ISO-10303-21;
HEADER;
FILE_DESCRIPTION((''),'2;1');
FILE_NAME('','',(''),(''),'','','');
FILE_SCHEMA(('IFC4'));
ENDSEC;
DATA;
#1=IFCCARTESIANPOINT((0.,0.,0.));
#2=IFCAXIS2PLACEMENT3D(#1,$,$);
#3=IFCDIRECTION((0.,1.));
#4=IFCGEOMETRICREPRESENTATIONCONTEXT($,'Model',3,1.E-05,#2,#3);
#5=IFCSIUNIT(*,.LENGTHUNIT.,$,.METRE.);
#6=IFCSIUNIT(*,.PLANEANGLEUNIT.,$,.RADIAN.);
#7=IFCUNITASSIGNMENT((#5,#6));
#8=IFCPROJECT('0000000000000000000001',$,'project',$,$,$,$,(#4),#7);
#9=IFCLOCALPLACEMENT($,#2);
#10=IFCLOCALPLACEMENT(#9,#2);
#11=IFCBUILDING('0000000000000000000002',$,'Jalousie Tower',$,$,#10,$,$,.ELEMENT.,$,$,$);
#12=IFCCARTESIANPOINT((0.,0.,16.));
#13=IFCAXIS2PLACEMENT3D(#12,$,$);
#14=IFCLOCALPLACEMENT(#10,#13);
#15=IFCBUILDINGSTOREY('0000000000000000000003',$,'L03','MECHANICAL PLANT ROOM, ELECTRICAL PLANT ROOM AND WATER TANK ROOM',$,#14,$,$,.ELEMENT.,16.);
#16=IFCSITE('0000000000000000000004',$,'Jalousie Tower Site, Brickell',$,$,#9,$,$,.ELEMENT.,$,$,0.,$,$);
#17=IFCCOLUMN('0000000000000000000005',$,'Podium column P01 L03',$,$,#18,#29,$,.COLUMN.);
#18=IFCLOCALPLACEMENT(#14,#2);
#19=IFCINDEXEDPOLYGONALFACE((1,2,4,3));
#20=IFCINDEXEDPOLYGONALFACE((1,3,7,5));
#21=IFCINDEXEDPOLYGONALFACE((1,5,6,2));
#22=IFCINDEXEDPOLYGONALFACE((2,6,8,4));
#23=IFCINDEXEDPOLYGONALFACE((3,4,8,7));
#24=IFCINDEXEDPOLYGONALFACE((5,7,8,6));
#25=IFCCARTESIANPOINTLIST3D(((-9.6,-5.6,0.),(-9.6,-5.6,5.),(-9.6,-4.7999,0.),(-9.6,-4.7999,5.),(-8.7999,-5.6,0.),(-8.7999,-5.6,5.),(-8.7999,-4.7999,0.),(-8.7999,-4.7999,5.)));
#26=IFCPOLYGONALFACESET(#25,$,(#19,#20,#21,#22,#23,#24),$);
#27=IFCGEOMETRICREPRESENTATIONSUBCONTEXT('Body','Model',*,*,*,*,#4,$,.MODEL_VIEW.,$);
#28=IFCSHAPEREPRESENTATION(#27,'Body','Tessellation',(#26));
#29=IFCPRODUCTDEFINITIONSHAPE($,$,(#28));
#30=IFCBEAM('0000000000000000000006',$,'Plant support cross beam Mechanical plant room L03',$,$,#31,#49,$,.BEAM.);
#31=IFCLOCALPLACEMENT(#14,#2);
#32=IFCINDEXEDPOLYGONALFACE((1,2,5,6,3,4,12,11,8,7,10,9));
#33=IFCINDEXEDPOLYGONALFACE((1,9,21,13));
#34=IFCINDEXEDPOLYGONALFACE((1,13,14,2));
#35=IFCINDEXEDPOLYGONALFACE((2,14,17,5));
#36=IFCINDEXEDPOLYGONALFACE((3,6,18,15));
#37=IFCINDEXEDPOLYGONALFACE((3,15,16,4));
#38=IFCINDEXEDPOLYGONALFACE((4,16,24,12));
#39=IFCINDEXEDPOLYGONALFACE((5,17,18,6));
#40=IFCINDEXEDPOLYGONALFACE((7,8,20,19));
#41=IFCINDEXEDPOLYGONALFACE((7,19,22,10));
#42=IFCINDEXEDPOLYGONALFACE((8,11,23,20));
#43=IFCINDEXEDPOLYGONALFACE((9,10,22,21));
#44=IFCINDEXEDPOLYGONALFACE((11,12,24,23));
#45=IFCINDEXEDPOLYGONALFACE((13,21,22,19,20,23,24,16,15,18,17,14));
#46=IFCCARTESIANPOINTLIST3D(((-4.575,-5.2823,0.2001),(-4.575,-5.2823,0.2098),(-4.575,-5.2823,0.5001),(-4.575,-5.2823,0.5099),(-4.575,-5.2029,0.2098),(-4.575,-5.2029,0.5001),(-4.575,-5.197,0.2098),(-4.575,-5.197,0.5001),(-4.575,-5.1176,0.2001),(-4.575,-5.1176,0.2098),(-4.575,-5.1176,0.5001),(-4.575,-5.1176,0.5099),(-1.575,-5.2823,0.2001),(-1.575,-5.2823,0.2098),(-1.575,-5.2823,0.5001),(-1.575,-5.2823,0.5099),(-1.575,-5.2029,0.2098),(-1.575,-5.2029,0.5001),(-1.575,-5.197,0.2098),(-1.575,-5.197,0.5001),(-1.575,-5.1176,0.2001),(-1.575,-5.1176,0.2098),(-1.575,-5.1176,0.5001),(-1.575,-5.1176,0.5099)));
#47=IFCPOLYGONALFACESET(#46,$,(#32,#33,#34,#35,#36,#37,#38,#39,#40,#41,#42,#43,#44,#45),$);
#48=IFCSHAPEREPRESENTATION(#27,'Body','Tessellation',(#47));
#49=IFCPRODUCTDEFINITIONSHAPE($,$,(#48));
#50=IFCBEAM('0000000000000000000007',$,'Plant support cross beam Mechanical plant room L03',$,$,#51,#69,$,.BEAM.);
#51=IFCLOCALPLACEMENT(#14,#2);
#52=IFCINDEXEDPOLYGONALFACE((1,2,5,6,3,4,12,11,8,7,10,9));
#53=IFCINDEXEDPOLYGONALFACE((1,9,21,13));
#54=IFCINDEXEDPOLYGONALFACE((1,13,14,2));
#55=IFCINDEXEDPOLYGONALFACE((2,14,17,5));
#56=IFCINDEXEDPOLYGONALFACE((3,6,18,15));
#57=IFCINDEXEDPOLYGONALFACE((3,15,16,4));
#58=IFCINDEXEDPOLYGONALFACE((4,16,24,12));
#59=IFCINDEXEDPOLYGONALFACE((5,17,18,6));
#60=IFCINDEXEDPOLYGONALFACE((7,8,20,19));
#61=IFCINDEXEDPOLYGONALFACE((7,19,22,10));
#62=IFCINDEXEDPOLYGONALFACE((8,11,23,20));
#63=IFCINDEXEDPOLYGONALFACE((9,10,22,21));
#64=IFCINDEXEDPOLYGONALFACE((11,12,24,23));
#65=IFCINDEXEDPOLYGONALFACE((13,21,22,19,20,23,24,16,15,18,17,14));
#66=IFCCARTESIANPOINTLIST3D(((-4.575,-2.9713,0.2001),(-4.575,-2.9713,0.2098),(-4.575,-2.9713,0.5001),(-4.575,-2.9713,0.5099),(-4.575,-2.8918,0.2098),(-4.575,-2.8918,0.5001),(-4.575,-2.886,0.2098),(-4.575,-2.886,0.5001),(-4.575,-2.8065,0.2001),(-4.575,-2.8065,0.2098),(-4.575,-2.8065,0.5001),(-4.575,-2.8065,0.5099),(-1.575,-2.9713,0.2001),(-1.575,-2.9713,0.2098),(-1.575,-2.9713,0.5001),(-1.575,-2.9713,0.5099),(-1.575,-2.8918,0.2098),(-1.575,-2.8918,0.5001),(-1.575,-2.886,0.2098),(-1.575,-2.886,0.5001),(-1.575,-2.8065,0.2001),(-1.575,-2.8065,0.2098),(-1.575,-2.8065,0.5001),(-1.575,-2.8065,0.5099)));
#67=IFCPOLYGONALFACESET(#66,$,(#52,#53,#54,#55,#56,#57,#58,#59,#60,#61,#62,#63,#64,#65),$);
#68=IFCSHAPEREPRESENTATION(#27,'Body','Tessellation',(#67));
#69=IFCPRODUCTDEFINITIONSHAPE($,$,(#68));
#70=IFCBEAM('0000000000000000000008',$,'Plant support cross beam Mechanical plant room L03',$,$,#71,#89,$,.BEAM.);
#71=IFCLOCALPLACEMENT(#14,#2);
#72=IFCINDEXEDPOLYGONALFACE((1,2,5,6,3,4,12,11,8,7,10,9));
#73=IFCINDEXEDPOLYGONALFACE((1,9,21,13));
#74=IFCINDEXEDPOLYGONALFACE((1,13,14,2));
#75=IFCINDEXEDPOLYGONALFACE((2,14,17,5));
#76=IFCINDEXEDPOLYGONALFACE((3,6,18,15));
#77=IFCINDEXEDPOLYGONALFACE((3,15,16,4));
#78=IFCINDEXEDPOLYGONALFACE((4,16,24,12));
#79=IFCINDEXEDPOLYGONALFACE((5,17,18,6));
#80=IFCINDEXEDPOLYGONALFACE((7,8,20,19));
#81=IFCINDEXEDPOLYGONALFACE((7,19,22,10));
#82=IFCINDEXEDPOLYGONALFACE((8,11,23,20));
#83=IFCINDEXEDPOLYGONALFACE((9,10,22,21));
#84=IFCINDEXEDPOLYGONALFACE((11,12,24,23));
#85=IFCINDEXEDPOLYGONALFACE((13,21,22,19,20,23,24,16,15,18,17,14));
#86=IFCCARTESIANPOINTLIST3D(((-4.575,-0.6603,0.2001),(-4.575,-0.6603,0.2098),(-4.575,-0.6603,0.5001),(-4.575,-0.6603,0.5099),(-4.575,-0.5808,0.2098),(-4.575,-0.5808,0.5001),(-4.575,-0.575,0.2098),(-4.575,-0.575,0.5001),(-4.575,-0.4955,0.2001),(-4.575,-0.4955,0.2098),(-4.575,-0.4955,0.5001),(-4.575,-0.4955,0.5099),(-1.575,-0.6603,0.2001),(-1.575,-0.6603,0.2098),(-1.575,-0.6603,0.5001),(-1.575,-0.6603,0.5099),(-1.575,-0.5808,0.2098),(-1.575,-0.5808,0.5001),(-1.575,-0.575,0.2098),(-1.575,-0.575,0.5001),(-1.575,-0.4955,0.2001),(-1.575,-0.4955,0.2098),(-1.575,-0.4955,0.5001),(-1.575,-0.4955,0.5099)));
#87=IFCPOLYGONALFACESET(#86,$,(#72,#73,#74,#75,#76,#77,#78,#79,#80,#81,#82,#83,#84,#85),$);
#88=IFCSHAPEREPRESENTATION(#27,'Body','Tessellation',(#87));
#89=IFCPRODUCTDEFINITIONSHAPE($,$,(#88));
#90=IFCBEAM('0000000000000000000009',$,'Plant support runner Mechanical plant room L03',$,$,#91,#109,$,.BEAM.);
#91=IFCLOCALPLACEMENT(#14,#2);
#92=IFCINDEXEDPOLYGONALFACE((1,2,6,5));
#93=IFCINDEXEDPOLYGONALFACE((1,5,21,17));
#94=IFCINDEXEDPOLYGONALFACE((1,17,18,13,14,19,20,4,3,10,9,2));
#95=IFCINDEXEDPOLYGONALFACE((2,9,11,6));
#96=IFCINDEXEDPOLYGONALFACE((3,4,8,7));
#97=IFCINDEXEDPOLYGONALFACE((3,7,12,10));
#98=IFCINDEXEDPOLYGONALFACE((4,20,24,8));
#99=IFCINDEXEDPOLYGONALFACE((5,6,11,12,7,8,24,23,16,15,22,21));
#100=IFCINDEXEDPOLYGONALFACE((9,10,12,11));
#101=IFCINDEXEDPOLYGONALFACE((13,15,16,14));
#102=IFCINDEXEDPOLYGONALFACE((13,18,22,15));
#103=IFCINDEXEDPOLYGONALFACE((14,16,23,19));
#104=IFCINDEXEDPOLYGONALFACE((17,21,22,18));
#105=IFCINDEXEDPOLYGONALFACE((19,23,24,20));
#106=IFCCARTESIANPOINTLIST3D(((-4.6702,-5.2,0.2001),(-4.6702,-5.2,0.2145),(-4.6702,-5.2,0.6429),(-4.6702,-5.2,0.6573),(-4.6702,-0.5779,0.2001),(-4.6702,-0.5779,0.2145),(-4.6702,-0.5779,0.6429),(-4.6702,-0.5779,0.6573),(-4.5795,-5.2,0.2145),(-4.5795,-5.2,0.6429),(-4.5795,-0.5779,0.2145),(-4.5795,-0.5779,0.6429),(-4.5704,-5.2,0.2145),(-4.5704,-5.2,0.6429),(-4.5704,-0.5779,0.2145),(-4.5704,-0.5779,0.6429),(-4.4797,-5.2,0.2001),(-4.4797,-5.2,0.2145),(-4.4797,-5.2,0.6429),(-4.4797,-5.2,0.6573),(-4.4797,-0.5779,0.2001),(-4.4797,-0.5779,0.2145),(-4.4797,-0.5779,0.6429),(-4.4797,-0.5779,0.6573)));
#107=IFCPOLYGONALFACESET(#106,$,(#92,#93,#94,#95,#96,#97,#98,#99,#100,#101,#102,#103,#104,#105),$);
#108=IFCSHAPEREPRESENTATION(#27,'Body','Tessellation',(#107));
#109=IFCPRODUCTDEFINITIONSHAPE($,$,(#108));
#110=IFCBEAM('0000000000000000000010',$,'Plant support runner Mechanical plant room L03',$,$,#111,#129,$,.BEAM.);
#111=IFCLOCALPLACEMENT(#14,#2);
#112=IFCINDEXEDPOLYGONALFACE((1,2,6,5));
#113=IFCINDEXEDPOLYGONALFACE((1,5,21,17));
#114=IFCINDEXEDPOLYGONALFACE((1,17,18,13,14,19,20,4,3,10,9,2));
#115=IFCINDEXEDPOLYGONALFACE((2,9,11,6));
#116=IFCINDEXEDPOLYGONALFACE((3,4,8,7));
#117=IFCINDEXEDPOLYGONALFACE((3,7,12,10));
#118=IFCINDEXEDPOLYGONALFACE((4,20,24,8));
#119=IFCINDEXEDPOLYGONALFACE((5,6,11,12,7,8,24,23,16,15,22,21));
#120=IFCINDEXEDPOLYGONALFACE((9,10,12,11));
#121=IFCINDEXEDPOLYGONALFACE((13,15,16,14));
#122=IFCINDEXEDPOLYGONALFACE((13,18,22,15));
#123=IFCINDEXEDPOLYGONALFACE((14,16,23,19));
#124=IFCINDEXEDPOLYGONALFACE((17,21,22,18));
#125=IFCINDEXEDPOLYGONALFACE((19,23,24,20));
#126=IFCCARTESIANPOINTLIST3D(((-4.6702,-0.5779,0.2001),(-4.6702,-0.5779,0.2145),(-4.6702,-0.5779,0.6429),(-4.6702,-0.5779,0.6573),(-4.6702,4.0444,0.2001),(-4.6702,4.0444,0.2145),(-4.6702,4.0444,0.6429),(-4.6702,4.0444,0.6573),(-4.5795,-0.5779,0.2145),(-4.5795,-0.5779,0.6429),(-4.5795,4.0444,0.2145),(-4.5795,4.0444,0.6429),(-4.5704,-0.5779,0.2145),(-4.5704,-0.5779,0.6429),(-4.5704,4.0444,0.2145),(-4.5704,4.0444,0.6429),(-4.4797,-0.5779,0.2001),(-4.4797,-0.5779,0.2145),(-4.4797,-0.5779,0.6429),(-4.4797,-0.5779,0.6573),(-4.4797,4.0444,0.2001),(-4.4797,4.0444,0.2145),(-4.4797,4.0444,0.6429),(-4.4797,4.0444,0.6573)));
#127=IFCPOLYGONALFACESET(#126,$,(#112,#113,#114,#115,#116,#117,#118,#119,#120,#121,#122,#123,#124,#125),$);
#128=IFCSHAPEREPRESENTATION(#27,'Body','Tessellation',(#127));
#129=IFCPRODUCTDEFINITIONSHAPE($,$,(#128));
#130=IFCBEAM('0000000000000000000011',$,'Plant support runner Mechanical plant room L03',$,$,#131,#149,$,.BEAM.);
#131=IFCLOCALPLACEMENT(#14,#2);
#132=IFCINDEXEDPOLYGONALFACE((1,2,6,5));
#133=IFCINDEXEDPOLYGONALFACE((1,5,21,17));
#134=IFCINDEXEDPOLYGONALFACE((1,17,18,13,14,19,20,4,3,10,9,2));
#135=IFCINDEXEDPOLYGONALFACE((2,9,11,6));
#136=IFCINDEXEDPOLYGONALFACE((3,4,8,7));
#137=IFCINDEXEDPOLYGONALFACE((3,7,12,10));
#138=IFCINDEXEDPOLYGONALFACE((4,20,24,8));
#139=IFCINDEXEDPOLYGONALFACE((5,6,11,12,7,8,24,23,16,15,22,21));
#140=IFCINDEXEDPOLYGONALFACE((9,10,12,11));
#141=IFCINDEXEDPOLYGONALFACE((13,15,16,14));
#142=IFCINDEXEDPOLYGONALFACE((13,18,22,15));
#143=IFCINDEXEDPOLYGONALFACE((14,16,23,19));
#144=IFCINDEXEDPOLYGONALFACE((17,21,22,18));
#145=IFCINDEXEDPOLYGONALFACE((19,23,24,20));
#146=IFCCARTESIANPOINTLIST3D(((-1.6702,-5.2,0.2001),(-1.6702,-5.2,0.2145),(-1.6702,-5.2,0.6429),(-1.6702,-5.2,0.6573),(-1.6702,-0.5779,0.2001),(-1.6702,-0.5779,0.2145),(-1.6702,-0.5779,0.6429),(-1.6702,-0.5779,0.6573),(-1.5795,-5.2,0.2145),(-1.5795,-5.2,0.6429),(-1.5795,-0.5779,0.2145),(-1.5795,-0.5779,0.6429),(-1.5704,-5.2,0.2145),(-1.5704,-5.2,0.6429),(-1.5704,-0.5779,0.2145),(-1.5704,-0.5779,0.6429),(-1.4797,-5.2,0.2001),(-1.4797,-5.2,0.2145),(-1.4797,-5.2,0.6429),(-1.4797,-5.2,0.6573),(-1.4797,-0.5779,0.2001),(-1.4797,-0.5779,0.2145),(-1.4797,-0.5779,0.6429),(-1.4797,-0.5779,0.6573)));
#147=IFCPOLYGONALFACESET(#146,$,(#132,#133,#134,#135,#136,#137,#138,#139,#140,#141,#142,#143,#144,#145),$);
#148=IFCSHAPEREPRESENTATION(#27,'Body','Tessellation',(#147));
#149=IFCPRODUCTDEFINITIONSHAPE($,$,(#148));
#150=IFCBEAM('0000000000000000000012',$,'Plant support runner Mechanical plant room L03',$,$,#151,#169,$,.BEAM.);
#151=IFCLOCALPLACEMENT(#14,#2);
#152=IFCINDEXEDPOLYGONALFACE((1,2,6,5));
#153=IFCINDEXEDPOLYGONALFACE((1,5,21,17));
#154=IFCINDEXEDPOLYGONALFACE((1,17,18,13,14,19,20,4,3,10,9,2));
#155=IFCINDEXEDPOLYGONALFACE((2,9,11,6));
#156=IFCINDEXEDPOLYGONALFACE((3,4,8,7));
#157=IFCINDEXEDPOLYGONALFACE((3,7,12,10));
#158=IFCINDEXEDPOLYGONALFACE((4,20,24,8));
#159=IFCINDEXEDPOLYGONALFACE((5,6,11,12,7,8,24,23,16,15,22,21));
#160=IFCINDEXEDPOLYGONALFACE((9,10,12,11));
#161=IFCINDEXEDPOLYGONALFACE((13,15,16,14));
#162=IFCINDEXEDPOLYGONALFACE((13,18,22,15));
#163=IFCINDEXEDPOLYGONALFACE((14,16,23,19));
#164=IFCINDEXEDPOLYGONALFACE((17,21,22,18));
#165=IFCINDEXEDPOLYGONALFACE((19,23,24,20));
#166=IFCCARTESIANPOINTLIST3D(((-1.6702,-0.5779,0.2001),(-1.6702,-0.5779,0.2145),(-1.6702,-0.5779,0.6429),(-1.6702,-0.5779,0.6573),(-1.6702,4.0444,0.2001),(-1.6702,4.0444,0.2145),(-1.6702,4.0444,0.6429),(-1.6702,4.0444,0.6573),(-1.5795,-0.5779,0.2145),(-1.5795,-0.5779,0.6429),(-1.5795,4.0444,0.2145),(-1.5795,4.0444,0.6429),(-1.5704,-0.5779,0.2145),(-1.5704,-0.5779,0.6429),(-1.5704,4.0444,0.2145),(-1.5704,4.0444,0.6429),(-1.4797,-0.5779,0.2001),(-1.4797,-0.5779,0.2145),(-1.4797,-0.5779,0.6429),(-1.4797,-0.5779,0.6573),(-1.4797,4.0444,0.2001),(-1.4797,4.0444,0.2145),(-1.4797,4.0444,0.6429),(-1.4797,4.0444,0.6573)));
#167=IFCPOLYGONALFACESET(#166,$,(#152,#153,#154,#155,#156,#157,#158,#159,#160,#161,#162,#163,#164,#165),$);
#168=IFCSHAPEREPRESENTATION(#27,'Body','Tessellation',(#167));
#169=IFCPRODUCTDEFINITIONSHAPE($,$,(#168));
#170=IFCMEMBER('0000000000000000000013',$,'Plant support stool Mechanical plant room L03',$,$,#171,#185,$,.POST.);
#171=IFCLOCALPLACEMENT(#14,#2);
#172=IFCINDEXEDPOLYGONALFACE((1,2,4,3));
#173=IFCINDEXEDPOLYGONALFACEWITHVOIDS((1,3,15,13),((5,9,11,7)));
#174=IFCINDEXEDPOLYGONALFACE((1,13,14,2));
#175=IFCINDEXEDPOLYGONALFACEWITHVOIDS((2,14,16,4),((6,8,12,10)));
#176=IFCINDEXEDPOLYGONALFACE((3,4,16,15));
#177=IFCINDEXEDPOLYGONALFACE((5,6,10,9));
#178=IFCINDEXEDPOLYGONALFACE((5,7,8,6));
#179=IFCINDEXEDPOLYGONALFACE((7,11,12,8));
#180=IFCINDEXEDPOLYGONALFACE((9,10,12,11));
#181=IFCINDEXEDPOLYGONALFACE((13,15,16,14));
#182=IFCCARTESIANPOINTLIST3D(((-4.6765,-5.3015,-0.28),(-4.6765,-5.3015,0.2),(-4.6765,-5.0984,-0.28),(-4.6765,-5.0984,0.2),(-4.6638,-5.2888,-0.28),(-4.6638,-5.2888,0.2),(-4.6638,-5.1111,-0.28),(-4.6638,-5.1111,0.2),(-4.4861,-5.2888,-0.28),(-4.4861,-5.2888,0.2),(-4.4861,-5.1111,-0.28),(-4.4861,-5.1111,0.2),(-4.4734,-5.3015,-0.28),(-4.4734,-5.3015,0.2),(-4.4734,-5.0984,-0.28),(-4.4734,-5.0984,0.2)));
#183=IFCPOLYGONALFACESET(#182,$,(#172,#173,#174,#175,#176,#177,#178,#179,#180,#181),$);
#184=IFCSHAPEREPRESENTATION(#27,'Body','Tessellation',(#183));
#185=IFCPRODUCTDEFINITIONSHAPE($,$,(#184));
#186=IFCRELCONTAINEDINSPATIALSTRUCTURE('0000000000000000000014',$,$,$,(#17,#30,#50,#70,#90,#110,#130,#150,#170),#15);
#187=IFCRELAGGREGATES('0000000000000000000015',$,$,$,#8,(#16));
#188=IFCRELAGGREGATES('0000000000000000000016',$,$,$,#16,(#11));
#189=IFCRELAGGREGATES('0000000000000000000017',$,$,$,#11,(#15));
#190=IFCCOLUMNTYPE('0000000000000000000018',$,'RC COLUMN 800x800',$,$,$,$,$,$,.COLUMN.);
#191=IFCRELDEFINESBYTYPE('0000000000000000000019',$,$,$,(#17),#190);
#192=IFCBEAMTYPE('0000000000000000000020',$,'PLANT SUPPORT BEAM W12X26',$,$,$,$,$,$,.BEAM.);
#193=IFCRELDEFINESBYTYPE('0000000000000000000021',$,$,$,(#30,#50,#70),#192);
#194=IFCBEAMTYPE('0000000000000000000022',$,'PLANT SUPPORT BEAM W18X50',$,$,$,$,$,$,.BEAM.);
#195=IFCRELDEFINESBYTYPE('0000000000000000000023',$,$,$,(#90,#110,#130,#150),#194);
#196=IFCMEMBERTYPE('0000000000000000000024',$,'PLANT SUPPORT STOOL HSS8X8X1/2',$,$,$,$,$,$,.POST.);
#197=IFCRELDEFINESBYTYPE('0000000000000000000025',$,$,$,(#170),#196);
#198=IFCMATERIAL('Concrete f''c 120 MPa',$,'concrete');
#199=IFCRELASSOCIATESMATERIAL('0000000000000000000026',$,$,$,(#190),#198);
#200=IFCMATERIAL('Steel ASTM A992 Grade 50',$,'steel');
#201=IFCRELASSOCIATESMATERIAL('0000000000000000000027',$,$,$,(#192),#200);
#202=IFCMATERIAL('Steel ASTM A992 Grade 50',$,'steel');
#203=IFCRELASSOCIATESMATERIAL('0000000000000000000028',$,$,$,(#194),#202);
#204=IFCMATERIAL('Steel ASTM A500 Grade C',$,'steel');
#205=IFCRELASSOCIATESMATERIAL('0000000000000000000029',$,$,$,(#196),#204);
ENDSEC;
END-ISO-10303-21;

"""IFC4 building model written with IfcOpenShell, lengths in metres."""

from ifc_helpers import new_model, si_unit, direction, frame, origin, origin_2d, place, context, subcontext, project, spatial, rectangle, hollow_rectangle, i_section, extrude, material, material_profile, profile_set, type_object, element, save


model = new_model("IFC4")

# Units and contexts
model_context = context("Model", 3, precision=1e-05, world=origin(), true_north=direction((0.0, 1.0)))
body_context = subcontext(model_context, "Body", "Model", "MODEL_VIEW")
ifc_project = project(units=[si_unit("LENGTHUNIT", "METRE"), si_unit("PLANEANGLEUNIT", "RADIAN")], contexts=[model_context])

# Site, building, storey
site_placement = place(None, origin())
site = spatial("IfcSite", under=ifc_project, at=site_placement, Name="Jalousie Tower Site, Brickell", CompositionType="ELEMENT", RefElevation=0.0)
building_placement = place(site_placement, origin())
building = spatial("IfcBuilding", under=site, at=building_placement, Name="Jalousie Tower", CompositionType="ELEMENT")
storey_placement = place(building_placement, frame((0.0, 0.0, 16.0)))
storey = spatial("IfcBuildingStorey", under=building, at=storey_placement, Name="L03", Description="MECHANICAL PLANT ROOM, ELECTRICAL PLANT ROOM AND WATER TANK ROOM", CompositionType="ELEMENT", Elevation=16.0)

# Column
ifc_material_1 = material(Name="Concrete f'c 120 MPa", Category="concrete")
ifc_material_profile_1 = material_profile(ifc_material_1, rectangle(XDim=0.8, YDim=0.8, at=origin_2d()), Name="RC 800x800")
ifc_profile_set_1 = profile_set([ifc_material_profile_1], Name="Concrete f'c 120 MPa")
column_type = type_object("IfcColumnType", Name="RC COLUMN 800x800", PredefinedType="COLUMN", material=ifc_profile_set_1)
column_placement = place(storey_placement, frame((-9.2, -5.2, 0.0), z_axis=(0.0, 0.0, 1.0), x_axis=(1.0, 0.0, 0.0)))
element("IfcColumn", 1, at=column_placement, inside=storey, type_object=column_type, Name="Podium column P01 L03", PredefinedType="COLUMN", context=body_context, shape_type="SweptSolid", body=[
    extrude(rectangle(XDim=0.8, YDim=0.8, at=origin_2d()), origin(), (0.0, 0.0, 1.0), 5.0),
])

# Beams
ifc_material_2 = material(Name="Steel ASTM A992 Grade 50", Category="steel")
ifc_material_profile_2 = material_profile(ifc_material_2, i_section(OverallWidth=0.1648, OverallDepth=0.3098, WebThickness=0.0059, FlangeThickness=0.0098, at=origin_2d()), Name="W12X26")
ifc_profile_set_2 = profile_set([ifc_material_profile_2], Name="Steel ASTM A992 Grade 50")
beam_type_1 = type_object("IfcBeamType", Name="PLANT SUPPORT BEAM W12X26", PredefinedType="BEAM", material=ifc_profile_set_2)
for number, where, z_axis, x_axis, name in (
    (2, (-4.575, -5.2, 0.355), (1.0, 0.0, 0.0), (0.0, 1.0, 0.0), "Plant support cross beam Mechanical plant room L03"),
    (3, (-4.575, -2.8889, 0.355), (1.0, 0.0, 0.0), (0.0, 1.0, 0.0), "Plant support cross beam Mechanical plant room L03"),
    (4, (-4.575, -0.5779, 0.355), (1.0, 0.0, 0.0), (0.0, 1.0, 0.0), "Plant support cross beam Mechanical plant room L03"),
):
    element("IfcBeam", number, at=place(storey_placement, frame(where, z_axis=z_axis, x_axis=x_axis)), inside=storey, type_object=beam_type_1, Name=name, PredefinedType="BEAM", context=body_context, shape_type="SweptSolid", body=[
        extrude(i_section(OverallWidth=0.1648, OverallDepth=0.3098, WebThickness=0.0059, FlangeThickness=0.0098, at=origin_2d()), origin(), (0.0, 0.0, 1.0), 3.0),
    ])
ifc_material_3 = material(Name="Steel ASTM A992 Grade 50", Category="steel")
ifc_material_profile_3 = material_profile(ifc_material_3, i_section(OverallWidth=0.1904, OverallDepth=0.4573, WebThickness=0.009, FlangeThickness=0.0144, at=origin_2d()), Name="W18X50")
ifc_profile_set_3 = profile_set([ifc_material_profile_3], Name="Steel ASTM A992 Grade 50")
beam_type_2 = type_object("IfcBeamType", Name="PLANT SUPPORT BEAM W18X50", PredefinedType="BEAM", material=ifc_profile_set_3)
beam_1_placement = place(storey_placement, frame((-4.575, -5.2, 0.4287), z_axis=(0.0, 1.0, 0.0), x_axis=(-1.0, 0.0, 0.0)))
element("IfcBeam", 5, at=beam_1_placement, inside=storey, type_object=beam_type_2, Name="Plant support runner Mechanical plant room L03", PredefinedType="BEAM", context=body_context, shape_type="SweptSolid", body=[
    extrude(i_section(OverallWidth=0.1904, OverallDepth=0.4573, WebThickness=0.009, FlangeThickness=0.0144, at=origin_2d()), origin(), (0.0, 0.0, 1.0), 4.6221),
])
beam_2_placement = place(storey_placement, frame((-4.575, -0.5779, 0.4287), z_axis=(0.0, 1.0, 0.0), x_axis=(-1.0, 0.0, 0.0)))
element("IfcBeam", 6, at=beam_2_placement, inside=storey, type_object=beam_type_2, Name="Plant support runner Mechanical plant room L03", PredefinedType="BEAM", context=body_context, shape_type="SweptSolid", body=[
    extrude(i_section(OverallWidth=0.1904, OverallDepth=0.4573, WebThickness=0.009, FlangeThickness=0.0144, at=origin_2d()), origin(), (0.0, 0.0, 1.0), 4.6223),
])
beam_3_placement = place(storey_placement, frame((-1.575, -5.2, 0.4287), z_axis=(0.0, 1.0, 0.0), x_axis=(-1.0, 0.0, 0.0)))
element("IfcBeam", 7, at=beam_3_placement, inside=storey, type_object=beam_type_2, Name="Plant support runner Mechanical plant room L03", PredefinedType="BEAM", context=body_context, shape_type="SweptSolid", body=[
    extrude(i_section(OverallWidth=0.1904, OverallDepth=0.4573, WebThickness=0.009, FlangeThickness=0.0144, at=origin_2d()), origin(), (0.0, 0.0, 1.0), 4.6221),
])
beam_4_placement = place(storey_placement, frame((-1.575, -0.5779, 0.4287), z_axis=(0.0, 1.0, 0.0), x_axis=(-1.0, 0.0, 0.0)))
element("IfcBeam", 8, at=beam_4_placement, inside=storey, type_object=beam_type_2, Name="Plant support runner Mechanical plant room L03", PredefinedType="BEAM", context=body_context, shape_type="SweptSolid", body=[
    extrude(i_section(OverallWidth=0.1904, OverallDepth=0.4573, WebThickness=0.009, FlangeThickness=0.0144, at=origin_2d()), origin(), (0.0, 0.0, 1.0), 4.6223),
])

# Member
ifc_material_4 = material(Name="Steel ASTM A500 Grade C", Category="steel")
ifc_material_profile_4 = material_profile(ifc_material_4, hollow_rectangle(XDim=0.2031, YDim=0.2031, WallThickness=0.0127, at=origin_2d()), Name="HSS8X8X1/2")
ifc_profile_set_4 = profile_set([ifc_material_profile_4], Name="Steel ASTM A500 Grade C")
member_type = type_object("IfcMemberType", Name="PLANT SUPPORT STOOL HSS8X8X1/2", PredefinedType="POST", material=ifc_profile_set_4)
for number, where, z_axis, x_axis, name in (
    (9, (-4.575, -5.2, -0.28), (0.0, 0.0, 1.0), (1.0, 0.0, 0.0), "Plant support stool Mechanical plant room L03"),
):
    element("IfcMember", number, at=place(storey_placement, frame(where, z_axis=z_axis, x_axis=x_axis)), inside=storey, type_object=member_type, Name=name, PredefinedType="POST", context=body_context, shape_type="SweptSolid", body=[
        extrude(hollow_rectangle(XDim=0.2031, YDim=0.2031, WallThickness=0.0127, at=origin_2d()), origin(), (0.0, 0.0, 1.0), 0.48),
    ])

save(model, "model.ifc")
